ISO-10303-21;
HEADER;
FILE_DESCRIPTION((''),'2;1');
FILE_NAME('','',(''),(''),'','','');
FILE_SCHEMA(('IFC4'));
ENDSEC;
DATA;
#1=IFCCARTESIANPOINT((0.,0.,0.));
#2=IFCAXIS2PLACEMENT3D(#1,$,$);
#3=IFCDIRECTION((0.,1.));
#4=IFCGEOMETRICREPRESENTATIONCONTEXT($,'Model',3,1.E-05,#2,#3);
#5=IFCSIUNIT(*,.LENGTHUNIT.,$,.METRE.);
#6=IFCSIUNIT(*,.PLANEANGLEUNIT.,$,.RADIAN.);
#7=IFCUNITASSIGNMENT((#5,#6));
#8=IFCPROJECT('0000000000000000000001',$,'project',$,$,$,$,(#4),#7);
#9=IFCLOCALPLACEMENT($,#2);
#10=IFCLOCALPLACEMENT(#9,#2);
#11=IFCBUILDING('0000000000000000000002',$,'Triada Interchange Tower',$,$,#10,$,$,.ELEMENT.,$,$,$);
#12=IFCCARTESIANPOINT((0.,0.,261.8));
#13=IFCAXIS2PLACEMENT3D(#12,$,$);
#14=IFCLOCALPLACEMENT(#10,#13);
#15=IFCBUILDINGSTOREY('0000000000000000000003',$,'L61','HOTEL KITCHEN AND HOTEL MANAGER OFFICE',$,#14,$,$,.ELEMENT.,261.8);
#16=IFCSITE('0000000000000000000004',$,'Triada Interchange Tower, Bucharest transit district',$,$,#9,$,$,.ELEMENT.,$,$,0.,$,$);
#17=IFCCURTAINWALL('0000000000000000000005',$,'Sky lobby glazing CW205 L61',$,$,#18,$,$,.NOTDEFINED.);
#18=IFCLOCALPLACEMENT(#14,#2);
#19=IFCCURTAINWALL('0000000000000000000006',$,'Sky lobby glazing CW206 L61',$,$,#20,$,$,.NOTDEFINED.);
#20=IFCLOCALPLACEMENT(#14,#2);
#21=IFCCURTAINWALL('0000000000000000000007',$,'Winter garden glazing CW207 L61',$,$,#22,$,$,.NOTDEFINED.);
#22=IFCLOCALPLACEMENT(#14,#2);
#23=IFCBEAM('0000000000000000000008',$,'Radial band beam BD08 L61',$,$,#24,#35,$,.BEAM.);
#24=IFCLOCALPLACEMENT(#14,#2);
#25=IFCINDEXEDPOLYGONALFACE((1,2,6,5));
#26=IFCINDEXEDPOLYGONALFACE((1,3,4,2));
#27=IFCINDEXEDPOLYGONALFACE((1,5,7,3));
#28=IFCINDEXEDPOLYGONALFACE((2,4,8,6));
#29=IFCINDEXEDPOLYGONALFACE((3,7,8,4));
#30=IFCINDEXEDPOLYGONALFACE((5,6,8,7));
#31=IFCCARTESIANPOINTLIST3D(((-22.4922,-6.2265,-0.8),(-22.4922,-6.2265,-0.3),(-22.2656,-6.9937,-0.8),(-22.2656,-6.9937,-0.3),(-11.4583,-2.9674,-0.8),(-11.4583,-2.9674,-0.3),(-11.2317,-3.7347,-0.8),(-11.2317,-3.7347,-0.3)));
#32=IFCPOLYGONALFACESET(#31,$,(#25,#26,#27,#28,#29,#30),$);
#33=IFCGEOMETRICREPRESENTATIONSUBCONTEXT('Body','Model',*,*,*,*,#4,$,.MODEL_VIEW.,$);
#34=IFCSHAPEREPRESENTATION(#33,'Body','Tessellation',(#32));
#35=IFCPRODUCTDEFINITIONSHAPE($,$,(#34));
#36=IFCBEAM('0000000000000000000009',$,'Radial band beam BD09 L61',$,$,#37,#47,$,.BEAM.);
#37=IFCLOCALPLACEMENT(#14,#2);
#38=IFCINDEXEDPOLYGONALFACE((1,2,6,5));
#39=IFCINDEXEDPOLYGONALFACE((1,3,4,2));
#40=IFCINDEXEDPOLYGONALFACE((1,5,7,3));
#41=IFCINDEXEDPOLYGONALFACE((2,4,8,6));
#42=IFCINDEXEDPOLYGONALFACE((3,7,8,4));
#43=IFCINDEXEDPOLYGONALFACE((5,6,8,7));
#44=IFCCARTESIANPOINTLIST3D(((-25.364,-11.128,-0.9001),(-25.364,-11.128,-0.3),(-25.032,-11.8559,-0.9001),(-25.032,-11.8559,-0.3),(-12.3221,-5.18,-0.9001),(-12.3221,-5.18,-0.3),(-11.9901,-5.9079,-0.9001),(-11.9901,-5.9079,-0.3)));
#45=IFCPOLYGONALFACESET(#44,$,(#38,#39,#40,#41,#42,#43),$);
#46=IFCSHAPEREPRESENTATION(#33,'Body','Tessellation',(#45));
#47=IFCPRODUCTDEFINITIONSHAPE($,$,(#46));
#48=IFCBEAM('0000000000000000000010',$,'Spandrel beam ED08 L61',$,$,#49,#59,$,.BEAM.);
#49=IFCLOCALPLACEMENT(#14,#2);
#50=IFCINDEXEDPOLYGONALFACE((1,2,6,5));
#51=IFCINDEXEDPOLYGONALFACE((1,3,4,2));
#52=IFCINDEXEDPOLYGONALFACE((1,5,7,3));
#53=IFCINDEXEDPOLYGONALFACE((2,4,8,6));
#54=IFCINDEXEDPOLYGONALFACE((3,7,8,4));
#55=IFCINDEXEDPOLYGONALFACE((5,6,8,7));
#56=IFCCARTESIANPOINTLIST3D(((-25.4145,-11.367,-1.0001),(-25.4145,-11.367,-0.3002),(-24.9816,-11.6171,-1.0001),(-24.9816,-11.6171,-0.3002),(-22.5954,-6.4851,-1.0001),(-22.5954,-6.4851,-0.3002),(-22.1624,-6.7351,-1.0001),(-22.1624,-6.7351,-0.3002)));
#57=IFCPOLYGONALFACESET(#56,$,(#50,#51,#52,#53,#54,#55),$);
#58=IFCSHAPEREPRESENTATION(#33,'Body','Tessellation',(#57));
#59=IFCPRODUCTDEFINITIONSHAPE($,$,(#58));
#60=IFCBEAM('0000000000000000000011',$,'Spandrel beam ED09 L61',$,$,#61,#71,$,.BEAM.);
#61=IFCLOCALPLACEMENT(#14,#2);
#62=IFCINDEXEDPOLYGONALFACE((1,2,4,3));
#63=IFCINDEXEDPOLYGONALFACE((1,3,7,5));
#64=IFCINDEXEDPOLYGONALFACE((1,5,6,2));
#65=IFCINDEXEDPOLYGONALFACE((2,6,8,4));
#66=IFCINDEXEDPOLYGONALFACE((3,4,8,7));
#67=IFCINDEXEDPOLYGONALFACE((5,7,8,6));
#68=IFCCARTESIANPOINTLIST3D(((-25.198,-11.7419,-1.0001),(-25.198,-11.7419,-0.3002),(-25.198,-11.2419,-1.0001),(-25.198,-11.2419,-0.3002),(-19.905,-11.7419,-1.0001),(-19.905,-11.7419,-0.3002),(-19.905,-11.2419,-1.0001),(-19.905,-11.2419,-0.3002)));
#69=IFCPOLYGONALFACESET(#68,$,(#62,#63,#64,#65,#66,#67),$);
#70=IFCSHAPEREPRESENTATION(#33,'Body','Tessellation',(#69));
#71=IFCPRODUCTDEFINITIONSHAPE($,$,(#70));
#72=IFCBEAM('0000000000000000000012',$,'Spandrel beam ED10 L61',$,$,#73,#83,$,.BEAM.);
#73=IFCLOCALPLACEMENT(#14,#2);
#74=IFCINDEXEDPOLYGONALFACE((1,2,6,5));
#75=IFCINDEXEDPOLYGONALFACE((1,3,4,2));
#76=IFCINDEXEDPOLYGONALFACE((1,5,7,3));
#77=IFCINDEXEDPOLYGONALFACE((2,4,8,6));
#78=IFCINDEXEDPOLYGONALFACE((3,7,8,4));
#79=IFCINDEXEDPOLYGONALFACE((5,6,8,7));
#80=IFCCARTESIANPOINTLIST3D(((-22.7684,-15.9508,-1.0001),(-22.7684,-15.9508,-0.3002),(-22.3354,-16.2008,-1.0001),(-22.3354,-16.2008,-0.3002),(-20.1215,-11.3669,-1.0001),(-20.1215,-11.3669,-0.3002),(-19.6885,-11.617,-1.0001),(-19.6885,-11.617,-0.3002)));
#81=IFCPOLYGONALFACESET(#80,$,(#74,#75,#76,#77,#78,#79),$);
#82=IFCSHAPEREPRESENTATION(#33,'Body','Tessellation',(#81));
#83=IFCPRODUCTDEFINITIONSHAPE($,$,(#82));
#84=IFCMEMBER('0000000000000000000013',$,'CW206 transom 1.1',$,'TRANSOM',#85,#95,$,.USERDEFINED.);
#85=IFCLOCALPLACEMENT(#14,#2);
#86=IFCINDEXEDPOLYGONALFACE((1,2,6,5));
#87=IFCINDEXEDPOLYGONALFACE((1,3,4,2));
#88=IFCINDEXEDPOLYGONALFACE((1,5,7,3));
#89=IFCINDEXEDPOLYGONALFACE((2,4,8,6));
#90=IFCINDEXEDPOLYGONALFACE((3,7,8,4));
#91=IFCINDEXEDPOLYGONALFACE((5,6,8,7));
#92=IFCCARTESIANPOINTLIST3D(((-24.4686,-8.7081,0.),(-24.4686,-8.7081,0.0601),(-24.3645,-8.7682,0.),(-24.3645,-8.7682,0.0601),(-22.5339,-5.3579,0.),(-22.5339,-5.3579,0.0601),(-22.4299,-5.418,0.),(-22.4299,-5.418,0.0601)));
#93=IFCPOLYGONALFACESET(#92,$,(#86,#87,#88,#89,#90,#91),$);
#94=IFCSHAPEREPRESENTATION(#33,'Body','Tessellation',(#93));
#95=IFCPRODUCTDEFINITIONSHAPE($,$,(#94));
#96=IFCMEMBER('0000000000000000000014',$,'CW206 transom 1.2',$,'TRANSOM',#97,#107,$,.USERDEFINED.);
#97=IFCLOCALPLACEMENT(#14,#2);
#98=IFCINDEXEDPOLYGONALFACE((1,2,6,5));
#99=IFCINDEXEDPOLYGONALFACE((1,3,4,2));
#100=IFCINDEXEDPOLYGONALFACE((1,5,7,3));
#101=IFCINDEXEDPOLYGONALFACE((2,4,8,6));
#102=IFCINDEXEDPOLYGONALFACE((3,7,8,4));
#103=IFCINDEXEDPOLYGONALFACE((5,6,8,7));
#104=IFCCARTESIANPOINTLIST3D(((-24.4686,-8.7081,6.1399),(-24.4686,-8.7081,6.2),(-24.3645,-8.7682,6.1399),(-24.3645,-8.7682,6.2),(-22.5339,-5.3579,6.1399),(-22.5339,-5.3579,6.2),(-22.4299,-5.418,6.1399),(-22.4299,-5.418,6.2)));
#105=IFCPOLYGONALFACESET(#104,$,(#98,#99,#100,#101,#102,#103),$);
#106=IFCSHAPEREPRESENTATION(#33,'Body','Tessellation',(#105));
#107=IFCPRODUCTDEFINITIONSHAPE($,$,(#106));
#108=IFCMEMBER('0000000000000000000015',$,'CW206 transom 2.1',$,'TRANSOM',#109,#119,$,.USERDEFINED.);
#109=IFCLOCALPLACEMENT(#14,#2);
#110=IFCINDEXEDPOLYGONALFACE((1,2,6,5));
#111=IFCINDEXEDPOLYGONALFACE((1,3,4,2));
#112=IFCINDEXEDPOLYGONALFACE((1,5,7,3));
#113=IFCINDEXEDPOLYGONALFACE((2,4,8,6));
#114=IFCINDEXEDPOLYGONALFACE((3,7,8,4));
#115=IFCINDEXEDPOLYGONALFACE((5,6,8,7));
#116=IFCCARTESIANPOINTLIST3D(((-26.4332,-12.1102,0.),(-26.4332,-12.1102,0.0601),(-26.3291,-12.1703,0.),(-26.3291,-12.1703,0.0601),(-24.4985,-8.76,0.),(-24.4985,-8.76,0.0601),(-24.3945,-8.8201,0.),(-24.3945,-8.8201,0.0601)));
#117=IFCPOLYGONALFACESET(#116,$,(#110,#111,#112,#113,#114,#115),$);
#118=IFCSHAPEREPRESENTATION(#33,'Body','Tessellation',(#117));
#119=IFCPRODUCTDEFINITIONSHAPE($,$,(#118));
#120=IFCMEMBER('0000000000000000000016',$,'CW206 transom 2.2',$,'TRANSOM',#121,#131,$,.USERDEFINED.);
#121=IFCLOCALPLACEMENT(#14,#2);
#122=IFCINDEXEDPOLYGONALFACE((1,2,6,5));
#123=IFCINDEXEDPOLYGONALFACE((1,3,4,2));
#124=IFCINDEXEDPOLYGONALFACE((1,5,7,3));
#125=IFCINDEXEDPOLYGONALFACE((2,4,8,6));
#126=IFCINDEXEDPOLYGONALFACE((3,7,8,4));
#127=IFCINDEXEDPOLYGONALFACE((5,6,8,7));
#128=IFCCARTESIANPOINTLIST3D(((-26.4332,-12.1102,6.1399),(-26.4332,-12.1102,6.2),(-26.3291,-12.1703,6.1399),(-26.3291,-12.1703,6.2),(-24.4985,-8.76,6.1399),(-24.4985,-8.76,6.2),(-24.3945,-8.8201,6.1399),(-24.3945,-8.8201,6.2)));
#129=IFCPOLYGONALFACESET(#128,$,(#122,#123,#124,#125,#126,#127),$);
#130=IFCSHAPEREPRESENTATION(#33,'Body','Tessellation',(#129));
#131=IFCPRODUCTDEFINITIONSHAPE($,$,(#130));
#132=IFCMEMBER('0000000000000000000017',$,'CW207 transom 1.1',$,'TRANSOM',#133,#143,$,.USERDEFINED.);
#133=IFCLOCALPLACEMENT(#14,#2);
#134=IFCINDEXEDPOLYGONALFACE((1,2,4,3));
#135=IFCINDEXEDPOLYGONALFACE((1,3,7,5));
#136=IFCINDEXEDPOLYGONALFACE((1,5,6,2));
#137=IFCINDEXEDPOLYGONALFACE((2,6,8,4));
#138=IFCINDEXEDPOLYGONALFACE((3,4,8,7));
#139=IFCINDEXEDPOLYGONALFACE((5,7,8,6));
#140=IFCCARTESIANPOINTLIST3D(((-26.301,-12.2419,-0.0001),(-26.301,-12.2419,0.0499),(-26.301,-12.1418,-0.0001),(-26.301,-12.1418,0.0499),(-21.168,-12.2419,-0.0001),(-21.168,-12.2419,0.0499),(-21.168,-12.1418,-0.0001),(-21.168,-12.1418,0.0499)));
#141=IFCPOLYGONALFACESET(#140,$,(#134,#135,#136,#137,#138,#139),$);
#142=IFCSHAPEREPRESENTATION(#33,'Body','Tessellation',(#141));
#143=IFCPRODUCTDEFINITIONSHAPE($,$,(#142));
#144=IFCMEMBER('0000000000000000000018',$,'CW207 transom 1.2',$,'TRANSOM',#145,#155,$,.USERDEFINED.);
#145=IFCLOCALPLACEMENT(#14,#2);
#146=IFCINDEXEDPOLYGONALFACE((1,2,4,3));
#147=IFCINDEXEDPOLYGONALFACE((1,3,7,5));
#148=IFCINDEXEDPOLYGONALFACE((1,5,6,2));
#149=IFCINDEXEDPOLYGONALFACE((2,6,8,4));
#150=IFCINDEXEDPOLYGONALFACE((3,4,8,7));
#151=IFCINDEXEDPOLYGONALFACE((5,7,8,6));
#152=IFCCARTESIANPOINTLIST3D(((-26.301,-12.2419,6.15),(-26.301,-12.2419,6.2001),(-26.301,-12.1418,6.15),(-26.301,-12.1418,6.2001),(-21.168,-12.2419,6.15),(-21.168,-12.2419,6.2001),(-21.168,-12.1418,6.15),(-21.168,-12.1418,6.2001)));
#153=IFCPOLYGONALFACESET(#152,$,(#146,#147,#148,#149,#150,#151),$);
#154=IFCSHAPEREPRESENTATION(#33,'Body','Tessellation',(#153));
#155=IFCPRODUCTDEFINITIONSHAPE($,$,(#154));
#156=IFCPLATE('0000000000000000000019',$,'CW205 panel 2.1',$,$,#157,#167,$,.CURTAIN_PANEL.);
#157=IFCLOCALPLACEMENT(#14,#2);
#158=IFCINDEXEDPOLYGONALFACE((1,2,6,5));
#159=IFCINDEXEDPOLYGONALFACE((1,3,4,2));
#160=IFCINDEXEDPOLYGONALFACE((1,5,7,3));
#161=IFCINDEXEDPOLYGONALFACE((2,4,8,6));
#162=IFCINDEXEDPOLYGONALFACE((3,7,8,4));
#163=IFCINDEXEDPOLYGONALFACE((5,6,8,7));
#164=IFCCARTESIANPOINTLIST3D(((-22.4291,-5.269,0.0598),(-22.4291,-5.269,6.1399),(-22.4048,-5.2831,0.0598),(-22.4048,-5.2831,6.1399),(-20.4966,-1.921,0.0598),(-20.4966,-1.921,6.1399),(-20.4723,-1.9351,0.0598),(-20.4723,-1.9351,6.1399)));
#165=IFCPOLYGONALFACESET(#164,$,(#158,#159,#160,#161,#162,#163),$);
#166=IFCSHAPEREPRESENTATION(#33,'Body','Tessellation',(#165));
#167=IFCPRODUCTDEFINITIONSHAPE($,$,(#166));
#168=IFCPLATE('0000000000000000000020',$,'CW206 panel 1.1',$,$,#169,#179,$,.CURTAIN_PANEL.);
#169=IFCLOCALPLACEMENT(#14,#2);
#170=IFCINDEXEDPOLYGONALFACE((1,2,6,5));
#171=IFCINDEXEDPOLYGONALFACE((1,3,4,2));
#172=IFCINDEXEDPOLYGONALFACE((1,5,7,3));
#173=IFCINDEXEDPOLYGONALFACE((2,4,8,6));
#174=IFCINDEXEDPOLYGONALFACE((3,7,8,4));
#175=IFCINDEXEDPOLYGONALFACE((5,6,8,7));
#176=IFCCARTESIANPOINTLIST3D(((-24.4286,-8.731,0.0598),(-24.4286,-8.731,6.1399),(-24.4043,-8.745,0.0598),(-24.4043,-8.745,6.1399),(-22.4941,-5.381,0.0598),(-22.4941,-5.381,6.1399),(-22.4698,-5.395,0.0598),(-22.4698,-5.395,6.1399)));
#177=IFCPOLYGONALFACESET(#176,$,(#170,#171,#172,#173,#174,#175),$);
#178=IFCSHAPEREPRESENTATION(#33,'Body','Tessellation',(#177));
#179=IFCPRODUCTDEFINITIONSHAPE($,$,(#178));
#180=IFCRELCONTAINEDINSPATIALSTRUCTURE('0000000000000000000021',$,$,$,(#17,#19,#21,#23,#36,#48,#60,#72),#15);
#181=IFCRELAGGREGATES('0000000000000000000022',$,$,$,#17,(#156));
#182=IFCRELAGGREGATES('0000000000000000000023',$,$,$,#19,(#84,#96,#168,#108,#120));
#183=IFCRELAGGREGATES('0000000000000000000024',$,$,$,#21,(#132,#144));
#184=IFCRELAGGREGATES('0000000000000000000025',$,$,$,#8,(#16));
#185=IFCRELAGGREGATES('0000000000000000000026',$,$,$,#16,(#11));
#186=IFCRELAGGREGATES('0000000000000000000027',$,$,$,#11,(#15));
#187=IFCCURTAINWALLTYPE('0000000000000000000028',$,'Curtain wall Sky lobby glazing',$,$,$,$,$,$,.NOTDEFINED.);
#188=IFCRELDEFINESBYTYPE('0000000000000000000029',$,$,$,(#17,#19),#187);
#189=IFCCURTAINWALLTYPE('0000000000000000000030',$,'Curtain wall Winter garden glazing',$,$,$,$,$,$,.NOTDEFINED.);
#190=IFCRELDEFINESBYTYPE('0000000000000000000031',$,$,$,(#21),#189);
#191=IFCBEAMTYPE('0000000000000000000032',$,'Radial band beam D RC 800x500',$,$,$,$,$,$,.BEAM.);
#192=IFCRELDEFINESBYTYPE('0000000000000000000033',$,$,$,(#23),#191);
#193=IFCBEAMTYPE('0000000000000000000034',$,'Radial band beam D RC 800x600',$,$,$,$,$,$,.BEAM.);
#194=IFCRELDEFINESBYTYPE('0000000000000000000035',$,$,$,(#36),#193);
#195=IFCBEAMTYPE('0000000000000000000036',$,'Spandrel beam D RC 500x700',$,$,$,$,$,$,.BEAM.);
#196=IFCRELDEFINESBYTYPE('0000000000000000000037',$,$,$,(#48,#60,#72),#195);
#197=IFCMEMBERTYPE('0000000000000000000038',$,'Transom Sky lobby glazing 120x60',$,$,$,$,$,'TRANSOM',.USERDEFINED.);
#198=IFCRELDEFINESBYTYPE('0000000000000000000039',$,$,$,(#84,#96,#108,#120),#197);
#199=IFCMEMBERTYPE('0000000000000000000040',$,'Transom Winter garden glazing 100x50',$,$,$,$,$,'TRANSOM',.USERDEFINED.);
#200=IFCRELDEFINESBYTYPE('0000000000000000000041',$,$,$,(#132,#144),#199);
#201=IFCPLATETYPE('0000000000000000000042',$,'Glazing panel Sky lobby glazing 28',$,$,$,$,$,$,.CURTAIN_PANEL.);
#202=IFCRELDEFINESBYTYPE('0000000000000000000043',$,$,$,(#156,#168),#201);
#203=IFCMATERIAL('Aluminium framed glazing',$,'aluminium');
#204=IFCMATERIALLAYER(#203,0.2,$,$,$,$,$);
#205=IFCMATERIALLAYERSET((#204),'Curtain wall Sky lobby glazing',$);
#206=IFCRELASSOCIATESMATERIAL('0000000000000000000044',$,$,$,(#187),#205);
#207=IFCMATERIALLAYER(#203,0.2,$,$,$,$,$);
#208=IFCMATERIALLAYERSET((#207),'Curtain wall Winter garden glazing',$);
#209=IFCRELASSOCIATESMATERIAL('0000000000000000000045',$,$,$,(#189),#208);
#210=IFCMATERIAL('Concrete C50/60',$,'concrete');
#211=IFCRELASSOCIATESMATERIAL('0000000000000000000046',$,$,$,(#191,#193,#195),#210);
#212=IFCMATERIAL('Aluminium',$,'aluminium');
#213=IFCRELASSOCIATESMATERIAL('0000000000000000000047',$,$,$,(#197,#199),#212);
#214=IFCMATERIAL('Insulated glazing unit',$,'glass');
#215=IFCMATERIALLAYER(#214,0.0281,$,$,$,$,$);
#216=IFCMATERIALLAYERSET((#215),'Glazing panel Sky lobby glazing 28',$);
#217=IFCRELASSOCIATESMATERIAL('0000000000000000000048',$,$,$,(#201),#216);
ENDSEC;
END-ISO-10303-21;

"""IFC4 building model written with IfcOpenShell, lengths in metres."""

from ifc_helpers import new_model, si_unit, direction, frame, origin, origin_2d, place, context, subcontext, project, spatial, rectangle, extrude, material, layer, layer_set, material_profile, profile_set, type_object, element, aggregate, save


model = new_model("IFC4")

# Units and contexts
model_context = context("Model", 3, precision=1e-05, world=origin(), true_north=direction((0.0, 1.0)))
body_context = subcontext(model_context, "Body", "Model", "MODEL_VIEW")
ifc_project = project(units=[si_unit("LENGTHUNIT", "METRE"), si_unit("PLANEANGLEUNIT", "RADIAN")], contexts=[model_context])

# Site, building, storey
site_placement = place(None, origin())
site = spatial("IfcSite", under=ifc_project, at=site_placement, Name="Triada Interchange Tower, Bucharest transit district", CompositionType="ELEMENT", RefElevation=0.0)
building_placement = place(site_placement, origin())
building = spatial("IfcBuilding", under=site, at=building_placement, Name="Triada Interchange Tower", CompositionType="ELEMENT")
storey_placement = place(building_placement, frame((0.0, 0.0, 261.8)))
storey = spatial("IfcBuildingStorey", under=building, at=storey_placement, Name="L61", Description="HOTEL KITCHEN AND HOTEL MANAGER OFFICE", CompositionType="ELEMENT", Elevation=261.8)

# Curtain wall
ifc_material_1 = material(Name="Aluminium framed glazing", Category="aluminium")
ifc_layer_1 = layer(ifc_material_1, 0.2)
ifc_layer_set_1 = layer_set([ifc_layer_1], Name="Curtain wall Sky lobby glazing")
curtain_wall_type_1 = type_object("IfcCurtainWallType", Name="Curtain wall Sky lobby glazing", PredefinedType="NOTDEFINED", material=ifc_layer_set_1)
curtain_wall_1_placement = place(storey_placement, origin())
curtain_wall_1 = element("IfcCurtainWall", 1, at=curtain_wall_1_placement, inside=storey, type_object=curtain_wall_type_1, Name="Sky lobby glazing CW205 L61", PredefinedType="NOTDEFINED")
ifc_material_2 = material(Name="Aluminium", Category="aluminium")

# Curtain walls
curtain_wall_2_placement = place(storey_placement, origin())
curtain_wall_2 = element("IfcCurtainWall", 2, at=curtain_wall_2_placement, inside=storey, type_object=curtain_wall_type_1, Name="Sky lobby glazing CW206 L61", PredefinedType="NOTDEFINED")
ifc_layer_2 = layer(ifc_material_1, 0.2)
ifc_layer_set_2 = layer_set([ifc_layer_2], Name="Curtain wall Winter garden glazing")
curtain_wall_type_2 = type_object("IfcCurtainWallType", Name="Curtain wall Winter garden glazing", PredefinedType="NOTDEFINED", material=ifc_layer_set_2)
curtain_wall_3_placement = place(storey_placement, origin())
curtain_wall_3 = element("IfcCurtainWall", 3, at=curtain_wall_3_placement, inside=storey, type_object=curtain_wall_type_2, Name="Winter garden glazing CW207 L61", PredefinedType="NOTDEFINED")

# Beams
ifc_material_3 = material(Name="Concrete C50/60", Category="concrete")
ifc_material_profile_1 = material_profile(ifc_material_3, rectangle(XDim=0.8, YDim=0.5, at=origin_2d()), Name="RC 800x500")
ifc_profile_set_1 = profile_set([ifc_material_profile_1], Name="Concrete C50/60")
beam_type_1 = type_object("IfcBeamType", Name="Radial band beam D RC 800x500", PredefinedType="BEAM", material=ifc_profile_set_1)
beam_1_placement = place(storey_placement, frame((-22.3789, -6.6101, -0.55), z_axis=(0.959041, 0.283267, 0.0), x_axis=(-0.283267, 0.959041, 0.0)))
element("IfcBeam", 4, at=beam_1_placement, inside=storey, type_object=beam_type_1, Name="Radial band beam BD08 L61", PredefinedType="BEAM", context=body_context, shape_type="SweptSolid", body=[
    extrude(rectangle(XDim=0.8, YDim=0.5, at=origin_2d()), origin(), (0.0, 0.0, 1.0), 11.5051),
])
ifc_material_profile_2 = material_profile(ifc_material_3, rectangle(XDim=0.8, YDim=0.6001, at=origin_2d()), Name="RC 800x600")
ifc_profile_set_2 = profile_set([ifc_material_profile_2], Name="Concrete C50/60")
beam_type_2 = type_object("IfcBeamType", Name="Radial band beam D RC 800x600", PredefinedType="BEAM", material=ifc_profile_set_2)
beam_2_placement = place(storey_placement, frame((-25.198, -11.4919, -0.6001), z_axis=(0.909845, 0.414949, 0.0), x_axis=(-0.414949, 0.909845, 0.0)))
element("IfcBeam", 5, at=beam_2_placement, inside=storey, type_object=beam_type_2, Name="Radial band beam BD09 L61", PredefinedType="BEAM", context=body_context, shape_type="SweptSolid", body=[
    extrude(rectangle(XDim=0.8, YDim=0.6001, at=origin_2d()), origin(), (0.0, 0.0, 1.0), 14.3342),
])
ifc_material_profile_3 = material_profile(ifc_material_3, rectangle(XDim=0.5, YDim=0.7, at=origin_2d()), Name="RC 500x700")
ifc_profile_set_3 = profile_set([ifc_material_profile_3], Name="Concrete C50/60")
beam_type_3 = type_object("IfcBeamType", Name="Spandrel beam D RC 500x700", PredefinedType="BEAM", material=ifc_profile_set_3)
beam_3_placement = place(storey_placement, frame((-22.3789, -6.6101, -0.6501), z_axis=(-0.500075, -0.865982, 0.0), x_axis=(0.865982, -0.500075, 0.0)))
element("IfcBeam", 6, at=beam_3_placement, inside=storey, type_object=beam_type_3, Name="Spandrel beam ED08 L61", PredefinedType="BEAM", context=body_context, shape_type="SweptSolid", body=[
    extrude(rectangle(XDim=0.5, YDim=0.7, at=origin_2d()), origin(), (0.0, 0.0, 1.0), 5.6375),
])
beam_4_placement = place(storey_placement, frame((-25.198, -11.4919, -0.6501), z_axis=(1.0, 0.0, 0.0), x_axis=(0.0, 1.0, 0.0)))
element("IfcBeam", 7, at=beam_4_placement, inside=storey, type_object=beam_type_3, Name="Spandrel beam ED09 L61", PredefinedType="BEAM", context=body_context, shape_type="SweptSolid", body=[
    extrude(rectangle(XDim=0.5, YDim=0.7, at=origin_2d()), origin(), (0.0, 0.0, 1.0), 5.293),
])
beam_5_placement = place(storey_placement, frame((-19.905, -11.4919, -0.6501), z_axis=(-0.500058, -0.865992, 0.0), x_axis=(0.865992, -0.500058, 0.0)))
element("IfcBeam", 8, at=beam_5_placement, inside=storey, type_object=beam_type_3, Name="Spandrel beam ED10 L61", PredefinedType="BEAM", context=body_context, shape_type="SweptSolid", body=[
    extrude(rectangle(XDim=0.5, YDim=0.7, at=origin_2d()), origin(), (0.0, 0.0, 1.0), 5.2932),
])

# Members
ifc_material_profile_4 = material_profile(ifc_material_2, rectangle(XDim=0.1201, YDim=0.0601, at=origin_2d()), Name="Aluminium transom")
ifc_profile_set_4 = profile_set([ifc_material_profile_4], Name="Aluminium")
member_type_1 = type_object("IfcMemberType", Name="Transom Sky lobby glazing 120x60", ElementType="TRANSOM", PredefinedType="USERDEFINED", material=ifc_profile_set_4)
member_1_placement = place(storey_placement, frame((-22.4819, -5.3879, 0.03), z_axis=(-0.500076, -0.865982, 0.0), x_axis=(0.865982, -0.500076, 0.0)))
member_1 = element("IfcMember", 9, at=member_1_placement, type_object=member_type_1, Name="CW206 transom 1.1", ObjectType="TRANSOM", PredefinedType="USERDEFINED", context=body_context, shape_type="SweptSolid", body=[
    extrude(rectangle(XDim=0.1201, YDim=0.0601, at=origin_2d()), origin(), (0.0, 0.0, 1.0), 3.8687),
])
member_2_placement = place(storey_placement, frame((-22.4819, -5.3879, 6.1699), z_axis=(-0.500076, -0.865982, 0.0), x_axis=(0.865982, -0.500076, 0.0)))
member_2 = element("IfcMember", 10, at=member_2_placement, type_object=member_type_1, Name="CW206 transom 1.2", ObjectType="TRANSOM", PredefinedType="USERDEFINED", context=body_context, shape_type="SweptSolid", body=[
    extrude(rectangle(XDim=0.1201, YDim=0.0601, at=origin_2d()), origin(), (0.0, 0.0, 1.0), 3.8687),
])
member_3_placement = place(storey_placement, frame((-24.4465, -8.79, 0.03), z_axis=(-0.500076, -0.865982, 0.0), x_axis=(0.865982, -0.500076, 0.0)))
member_3 = element("IfcMember", 11, at=member_3_placement, type_object=member_type_1, Name="CW206 transom 2.1", ObjectType="TRANSOM", PredefinedType="USERDEFINED", context=body_context, shape_type="SweptSolid", body=[
    extrude(rectangle(XDim=0.1201, YDim=0.0601, at=origin_2d()), origin(), (0.0, 0.0, 1.0), 3.8687),
])
member_4_placement = place(storey_placement, frame((-24.4465, -8.79, 6.1699), z_axis=(-0.500076, -0.865982, 0.0), x_axis=(0.865982, -0.500076, 0.0)))
member_4 = element("IfcMember", 12, at=member_4_placement, type_object=member_type_1, Name="CW206 transom 2.2", ObjectType="TRANSOM", PredefinedType="USERDEFINED", context=body_context, shape_type="SweptSolid", body=[
    extrude(rectangle(XDim=0.1201, YDim=0.0601, at=origin_2d()), origin(), (0.0, 0.0, 1.0), 3.8687),
])
ifc_material_profile_5 = material_profile(ifc_material_2, rectangle(XDim=0.1001, YDim=0.05, at=origin_2d()), Name="Aluminium transom")
ifc_profile_set_5 = profile_set([ifc_material_profile_5], Name="Aluminium")
member_type_2 = type_object("IfcMemberType", Name="Transom Winter garden glazing 100x50", ElementType="TRANSOM", PredefinedType="USERDEFINED", material=ifc_profile_set_5)
member_5_placement = place(storey_placement, frame((-26.301, -12.1919, 0.0249), z_axis=(1.0, 0.0, 0.0), x_axis=(0.0, 1.0, 0.0)))
member_5 = element("IfcMember", 13, at=member_5_placement, type_object=member_type_2, Name="CW207 transom 1.1", ObjectType="TRANSOM", PredefinedType="USERDEFINED", context=body_context, shape_type="SweptSolid", body=[
    extrude(rectangle(XDim=0.1001, YDim=0.05, at=origin_2d()), origin(), (0.0, 0.0, 1.0), 5.1331),
])
member_6_placement = place(storey_placement, frame((-26.301, -12.1919, 6.175), z_axis=(1.0, 0.0, 0.0), x_axis=(0.0, 1.0, 0.0)))
member_6 = element("IfcMember", 14, at=member_6_placement, type_object=member_type_2, Name="CW207 transom 1.2", ObjectType="TRANSOM", PredefinedType="USERDEFINED", context=body_context, shape_type="SweptSolid", body=[
    extrude(rectangle(XDim=0.1001, YDim=0.05, at=origin_2d()), origin(), (0.0, 0.0, 1.0), 5.1331),
])

# Plates
ifc_material_4 = material(Name="Insulated glazing unit", Category="glass")
ifc_layer_3 = layer(ifc_material_4, 0.0281)
ifc_layer_set_3 = layer_set([ifc_layer_3], Name="Glazing panel Sky lobby glazing 28")
plate_type_1 = type_object("IfcPlateType", Name="Glazing panel Sky lobby glazing 28", PredefinedType="CURTAIN_PANEL", material=ifc_layer_set_3)
plate_1_placement = place(storey_placement, frame((-21.4507, -3.6021, 0.0598), z_axis=(0.0, 0.0, 1.0), x_axis=(-0.499905, -0.86608, 0.0)))
plate_1 = element("IfcPlate", 15, at=plate_1_placement, type_object=plate_type_1, Name="CW205 panel 2.1", PredefinedType="CURTAIN_PANEL", context=body_context, shape_type="SweptSolid", body=[
    extrude(rectangle(XDim=3.8657, YDim=0.0281, at=origin_2d()), origin(), (0.0, 0.0, 1.0), 6.0801),
])
aggregate(curtain_wall_1, [plate_1])
plate_2_placement = place(storey_placement, frame((-23.4492, -7.063, 0.0598), z_axis=(0.0, 0.0, 1.0), x_axis=(-0.500065, -0.865988, 0.0)))
plate_2 = element("IfcPlate", 16, at=plate_2_placement, type_object=plate_type_1, Name="CW206 panel 1.1", PredefinedType="CURTAIN_PANEL", context=body_context, shape_type="SweptSolid", body=[
    extrude(rectangle(XDim=3.8684, YDim=0.0281, at=origin_2d()), origin(), (0.0, 0.0, 1.0), 6.0801),
])
aggregate(curtain_wall_2, [member_1, member_2, plate_2, member_3, member_4])
aggregate(curtain_wall_3, [member_5, member_6])

save(model, "model.ifc")
